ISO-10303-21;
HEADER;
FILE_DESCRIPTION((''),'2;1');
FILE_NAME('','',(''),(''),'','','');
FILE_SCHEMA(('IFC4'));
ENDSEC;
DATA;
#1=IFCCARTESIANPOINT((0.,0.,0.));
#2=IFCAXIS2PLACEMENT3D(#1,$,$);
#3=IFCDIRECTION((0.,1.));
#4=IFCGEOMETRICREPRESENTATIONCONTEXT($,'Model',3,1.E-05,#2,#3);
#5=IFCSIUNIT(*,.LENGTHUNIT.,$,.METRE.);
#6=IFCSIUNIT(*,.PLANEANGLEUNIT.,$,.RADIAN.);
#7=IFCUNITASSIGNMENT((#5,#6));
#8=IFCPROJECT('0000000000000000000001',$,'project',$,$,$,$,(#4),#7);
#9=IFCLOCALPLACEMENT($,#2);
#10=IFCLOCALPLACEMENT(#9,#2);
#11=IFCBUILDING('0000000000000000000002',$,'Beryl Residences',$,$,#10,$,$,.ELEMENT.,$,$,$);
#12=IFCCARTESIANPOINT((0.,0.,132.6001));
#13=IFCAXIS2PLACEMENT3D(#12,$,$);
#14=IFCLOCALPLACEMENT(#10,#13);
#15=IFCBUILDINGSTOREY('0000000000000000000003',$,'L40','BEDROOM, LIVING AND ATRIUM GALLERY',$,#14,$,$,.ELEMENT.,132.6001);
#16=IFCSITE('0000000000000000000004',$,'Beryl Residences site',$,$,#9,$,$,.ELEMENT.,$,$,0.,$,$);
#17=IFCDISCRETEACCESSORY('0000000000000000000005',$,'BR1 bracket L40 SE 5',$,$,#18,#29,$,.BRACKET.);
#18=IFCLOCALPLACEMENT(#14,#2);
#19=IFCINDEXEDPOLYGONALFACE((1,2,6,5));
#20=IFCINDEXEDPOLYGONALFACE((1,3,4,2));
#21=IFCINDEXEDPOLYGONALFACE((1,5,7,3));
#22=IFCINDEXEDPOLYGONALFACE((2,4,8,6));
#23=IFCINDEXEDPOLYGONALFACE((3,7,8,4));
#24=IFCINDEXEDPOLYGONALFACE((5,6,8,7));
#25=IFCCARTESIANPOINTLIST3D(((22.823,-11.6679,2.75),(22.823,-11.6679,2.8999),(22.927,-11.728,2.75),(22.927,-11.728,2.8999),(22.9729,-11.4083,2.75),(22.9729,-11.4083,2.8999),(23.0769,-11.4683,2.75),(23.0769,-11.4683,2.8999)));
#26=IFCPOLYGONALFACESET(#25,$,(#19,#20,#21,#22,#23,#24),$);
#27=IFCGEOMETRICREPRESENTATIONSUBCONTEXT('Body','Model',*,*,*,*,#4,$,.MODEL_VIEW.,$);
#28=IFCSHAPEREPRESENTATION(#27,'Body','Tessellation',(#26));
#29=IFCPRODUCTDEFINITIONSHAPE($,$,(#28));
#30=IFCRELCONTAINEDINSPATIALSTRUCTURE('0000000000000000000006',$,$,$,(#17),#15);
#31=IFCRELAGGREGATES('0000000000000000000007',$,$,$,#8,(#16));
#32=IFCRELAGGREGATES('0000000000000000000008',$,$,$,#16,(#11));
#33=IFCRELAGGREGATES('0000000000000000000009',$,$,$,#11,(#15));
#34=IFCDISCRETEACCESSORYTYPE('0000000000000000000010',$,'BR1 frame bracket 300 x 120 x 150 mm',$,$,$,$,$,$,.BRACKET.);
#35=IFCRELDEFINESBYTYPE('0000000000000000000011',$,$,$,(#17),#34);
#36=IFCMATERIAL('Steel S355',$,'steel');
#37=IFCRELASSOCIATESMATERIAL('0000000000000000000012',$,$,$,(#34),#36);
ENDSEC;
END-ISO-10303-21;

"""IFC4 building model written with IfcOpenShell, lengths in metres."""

from ifc_helpers import new_model, si_unit, direction, frame, origin, place, context, subcontext, project, spatial, polyline, outline, extrude, source, transform, mapped, material, type_object, type_shapes, element, save


model = new_model("IFC4")

# Units and contexts
model_context = context("Model", 3, precision=1e-05, world=origin(), true_north=direction((0.0, 1.0)))
body_context = subcontext(model_context, "Body", "Model", "MODEL_VIEW")
ifc_project = project(units=[si_unit("LENGTHUNIT", "METRE"), si_unit("PLANEANGLEUNIT", "RADIAN")], contexts=[model_context])

# Site, building, storey
site_placement = place(None, origin())
site = spatial("IfcSite", under=ifc_project, at=site_placement, Name="Beryl Residences site", CompositionType="ELEMENT", RefElevation=0.0)
building_placement = place(site_placement, origin())
building = spatial("IfcBuilding", under=site, at=building_placement, Name="Beryl Residences", CompositionType="ELEMENT")
storey_placement = place(building_placement, frame((0.0, 0.0, 132.6001)))
storey = spatial("IfcBuildingStorey", under=building, at=storey_placement, Name="L40", Description="BEDROOM, LIVING AND ATRIUM GALLERY", CompositionType="ELEMENT", Elevation=132.6001)

# Discrete accessory
ifc_material_1 = material(Name="Steel S355", Category="steel")
discrete_accessory_type = type_object("IfcDiscreteAccessoryType", Name="BR1 frame bracket 300 x 120 x 150 mm", PredefinedType="BRACKET", material=ifc_material_1)
shared_shape_1 = source(origin(), body_context, "Body", "SweptSolid", [
    extrude(outline(polyline([(-0.1499, 0.0), (0.1499, 0.0), (0.1499, 0.1201), (-0.1499, 0.1201), (-0.1499, 0.0)])), origin(), (0.0, 0.0, 1.0), 0.1499),
])
type_shapes(discrete_accessory_type, [shared_shape_1])
discrete_accessory_placement = place(storey_placement, frame((22.8979, -11.5381, 2.75), z_axis=(0.0, 0.0, 1.0), x_axis=(-0.5, -0.866025, 0.0)))
element("IfcDiscreteAccessory", 1, at=discrete_accessory_placement, inside=storey, type_object=discrete_accessory_type, Name="BR1 bracket L40 SE 5", PredefinedType="BRACKET", context=body_context, shape_type="MappedRepresentation", body=[
    mapped(shared_shape_1, transform((0.0, 0.0, 0.0))),
])

save(model, "model.ifc")
